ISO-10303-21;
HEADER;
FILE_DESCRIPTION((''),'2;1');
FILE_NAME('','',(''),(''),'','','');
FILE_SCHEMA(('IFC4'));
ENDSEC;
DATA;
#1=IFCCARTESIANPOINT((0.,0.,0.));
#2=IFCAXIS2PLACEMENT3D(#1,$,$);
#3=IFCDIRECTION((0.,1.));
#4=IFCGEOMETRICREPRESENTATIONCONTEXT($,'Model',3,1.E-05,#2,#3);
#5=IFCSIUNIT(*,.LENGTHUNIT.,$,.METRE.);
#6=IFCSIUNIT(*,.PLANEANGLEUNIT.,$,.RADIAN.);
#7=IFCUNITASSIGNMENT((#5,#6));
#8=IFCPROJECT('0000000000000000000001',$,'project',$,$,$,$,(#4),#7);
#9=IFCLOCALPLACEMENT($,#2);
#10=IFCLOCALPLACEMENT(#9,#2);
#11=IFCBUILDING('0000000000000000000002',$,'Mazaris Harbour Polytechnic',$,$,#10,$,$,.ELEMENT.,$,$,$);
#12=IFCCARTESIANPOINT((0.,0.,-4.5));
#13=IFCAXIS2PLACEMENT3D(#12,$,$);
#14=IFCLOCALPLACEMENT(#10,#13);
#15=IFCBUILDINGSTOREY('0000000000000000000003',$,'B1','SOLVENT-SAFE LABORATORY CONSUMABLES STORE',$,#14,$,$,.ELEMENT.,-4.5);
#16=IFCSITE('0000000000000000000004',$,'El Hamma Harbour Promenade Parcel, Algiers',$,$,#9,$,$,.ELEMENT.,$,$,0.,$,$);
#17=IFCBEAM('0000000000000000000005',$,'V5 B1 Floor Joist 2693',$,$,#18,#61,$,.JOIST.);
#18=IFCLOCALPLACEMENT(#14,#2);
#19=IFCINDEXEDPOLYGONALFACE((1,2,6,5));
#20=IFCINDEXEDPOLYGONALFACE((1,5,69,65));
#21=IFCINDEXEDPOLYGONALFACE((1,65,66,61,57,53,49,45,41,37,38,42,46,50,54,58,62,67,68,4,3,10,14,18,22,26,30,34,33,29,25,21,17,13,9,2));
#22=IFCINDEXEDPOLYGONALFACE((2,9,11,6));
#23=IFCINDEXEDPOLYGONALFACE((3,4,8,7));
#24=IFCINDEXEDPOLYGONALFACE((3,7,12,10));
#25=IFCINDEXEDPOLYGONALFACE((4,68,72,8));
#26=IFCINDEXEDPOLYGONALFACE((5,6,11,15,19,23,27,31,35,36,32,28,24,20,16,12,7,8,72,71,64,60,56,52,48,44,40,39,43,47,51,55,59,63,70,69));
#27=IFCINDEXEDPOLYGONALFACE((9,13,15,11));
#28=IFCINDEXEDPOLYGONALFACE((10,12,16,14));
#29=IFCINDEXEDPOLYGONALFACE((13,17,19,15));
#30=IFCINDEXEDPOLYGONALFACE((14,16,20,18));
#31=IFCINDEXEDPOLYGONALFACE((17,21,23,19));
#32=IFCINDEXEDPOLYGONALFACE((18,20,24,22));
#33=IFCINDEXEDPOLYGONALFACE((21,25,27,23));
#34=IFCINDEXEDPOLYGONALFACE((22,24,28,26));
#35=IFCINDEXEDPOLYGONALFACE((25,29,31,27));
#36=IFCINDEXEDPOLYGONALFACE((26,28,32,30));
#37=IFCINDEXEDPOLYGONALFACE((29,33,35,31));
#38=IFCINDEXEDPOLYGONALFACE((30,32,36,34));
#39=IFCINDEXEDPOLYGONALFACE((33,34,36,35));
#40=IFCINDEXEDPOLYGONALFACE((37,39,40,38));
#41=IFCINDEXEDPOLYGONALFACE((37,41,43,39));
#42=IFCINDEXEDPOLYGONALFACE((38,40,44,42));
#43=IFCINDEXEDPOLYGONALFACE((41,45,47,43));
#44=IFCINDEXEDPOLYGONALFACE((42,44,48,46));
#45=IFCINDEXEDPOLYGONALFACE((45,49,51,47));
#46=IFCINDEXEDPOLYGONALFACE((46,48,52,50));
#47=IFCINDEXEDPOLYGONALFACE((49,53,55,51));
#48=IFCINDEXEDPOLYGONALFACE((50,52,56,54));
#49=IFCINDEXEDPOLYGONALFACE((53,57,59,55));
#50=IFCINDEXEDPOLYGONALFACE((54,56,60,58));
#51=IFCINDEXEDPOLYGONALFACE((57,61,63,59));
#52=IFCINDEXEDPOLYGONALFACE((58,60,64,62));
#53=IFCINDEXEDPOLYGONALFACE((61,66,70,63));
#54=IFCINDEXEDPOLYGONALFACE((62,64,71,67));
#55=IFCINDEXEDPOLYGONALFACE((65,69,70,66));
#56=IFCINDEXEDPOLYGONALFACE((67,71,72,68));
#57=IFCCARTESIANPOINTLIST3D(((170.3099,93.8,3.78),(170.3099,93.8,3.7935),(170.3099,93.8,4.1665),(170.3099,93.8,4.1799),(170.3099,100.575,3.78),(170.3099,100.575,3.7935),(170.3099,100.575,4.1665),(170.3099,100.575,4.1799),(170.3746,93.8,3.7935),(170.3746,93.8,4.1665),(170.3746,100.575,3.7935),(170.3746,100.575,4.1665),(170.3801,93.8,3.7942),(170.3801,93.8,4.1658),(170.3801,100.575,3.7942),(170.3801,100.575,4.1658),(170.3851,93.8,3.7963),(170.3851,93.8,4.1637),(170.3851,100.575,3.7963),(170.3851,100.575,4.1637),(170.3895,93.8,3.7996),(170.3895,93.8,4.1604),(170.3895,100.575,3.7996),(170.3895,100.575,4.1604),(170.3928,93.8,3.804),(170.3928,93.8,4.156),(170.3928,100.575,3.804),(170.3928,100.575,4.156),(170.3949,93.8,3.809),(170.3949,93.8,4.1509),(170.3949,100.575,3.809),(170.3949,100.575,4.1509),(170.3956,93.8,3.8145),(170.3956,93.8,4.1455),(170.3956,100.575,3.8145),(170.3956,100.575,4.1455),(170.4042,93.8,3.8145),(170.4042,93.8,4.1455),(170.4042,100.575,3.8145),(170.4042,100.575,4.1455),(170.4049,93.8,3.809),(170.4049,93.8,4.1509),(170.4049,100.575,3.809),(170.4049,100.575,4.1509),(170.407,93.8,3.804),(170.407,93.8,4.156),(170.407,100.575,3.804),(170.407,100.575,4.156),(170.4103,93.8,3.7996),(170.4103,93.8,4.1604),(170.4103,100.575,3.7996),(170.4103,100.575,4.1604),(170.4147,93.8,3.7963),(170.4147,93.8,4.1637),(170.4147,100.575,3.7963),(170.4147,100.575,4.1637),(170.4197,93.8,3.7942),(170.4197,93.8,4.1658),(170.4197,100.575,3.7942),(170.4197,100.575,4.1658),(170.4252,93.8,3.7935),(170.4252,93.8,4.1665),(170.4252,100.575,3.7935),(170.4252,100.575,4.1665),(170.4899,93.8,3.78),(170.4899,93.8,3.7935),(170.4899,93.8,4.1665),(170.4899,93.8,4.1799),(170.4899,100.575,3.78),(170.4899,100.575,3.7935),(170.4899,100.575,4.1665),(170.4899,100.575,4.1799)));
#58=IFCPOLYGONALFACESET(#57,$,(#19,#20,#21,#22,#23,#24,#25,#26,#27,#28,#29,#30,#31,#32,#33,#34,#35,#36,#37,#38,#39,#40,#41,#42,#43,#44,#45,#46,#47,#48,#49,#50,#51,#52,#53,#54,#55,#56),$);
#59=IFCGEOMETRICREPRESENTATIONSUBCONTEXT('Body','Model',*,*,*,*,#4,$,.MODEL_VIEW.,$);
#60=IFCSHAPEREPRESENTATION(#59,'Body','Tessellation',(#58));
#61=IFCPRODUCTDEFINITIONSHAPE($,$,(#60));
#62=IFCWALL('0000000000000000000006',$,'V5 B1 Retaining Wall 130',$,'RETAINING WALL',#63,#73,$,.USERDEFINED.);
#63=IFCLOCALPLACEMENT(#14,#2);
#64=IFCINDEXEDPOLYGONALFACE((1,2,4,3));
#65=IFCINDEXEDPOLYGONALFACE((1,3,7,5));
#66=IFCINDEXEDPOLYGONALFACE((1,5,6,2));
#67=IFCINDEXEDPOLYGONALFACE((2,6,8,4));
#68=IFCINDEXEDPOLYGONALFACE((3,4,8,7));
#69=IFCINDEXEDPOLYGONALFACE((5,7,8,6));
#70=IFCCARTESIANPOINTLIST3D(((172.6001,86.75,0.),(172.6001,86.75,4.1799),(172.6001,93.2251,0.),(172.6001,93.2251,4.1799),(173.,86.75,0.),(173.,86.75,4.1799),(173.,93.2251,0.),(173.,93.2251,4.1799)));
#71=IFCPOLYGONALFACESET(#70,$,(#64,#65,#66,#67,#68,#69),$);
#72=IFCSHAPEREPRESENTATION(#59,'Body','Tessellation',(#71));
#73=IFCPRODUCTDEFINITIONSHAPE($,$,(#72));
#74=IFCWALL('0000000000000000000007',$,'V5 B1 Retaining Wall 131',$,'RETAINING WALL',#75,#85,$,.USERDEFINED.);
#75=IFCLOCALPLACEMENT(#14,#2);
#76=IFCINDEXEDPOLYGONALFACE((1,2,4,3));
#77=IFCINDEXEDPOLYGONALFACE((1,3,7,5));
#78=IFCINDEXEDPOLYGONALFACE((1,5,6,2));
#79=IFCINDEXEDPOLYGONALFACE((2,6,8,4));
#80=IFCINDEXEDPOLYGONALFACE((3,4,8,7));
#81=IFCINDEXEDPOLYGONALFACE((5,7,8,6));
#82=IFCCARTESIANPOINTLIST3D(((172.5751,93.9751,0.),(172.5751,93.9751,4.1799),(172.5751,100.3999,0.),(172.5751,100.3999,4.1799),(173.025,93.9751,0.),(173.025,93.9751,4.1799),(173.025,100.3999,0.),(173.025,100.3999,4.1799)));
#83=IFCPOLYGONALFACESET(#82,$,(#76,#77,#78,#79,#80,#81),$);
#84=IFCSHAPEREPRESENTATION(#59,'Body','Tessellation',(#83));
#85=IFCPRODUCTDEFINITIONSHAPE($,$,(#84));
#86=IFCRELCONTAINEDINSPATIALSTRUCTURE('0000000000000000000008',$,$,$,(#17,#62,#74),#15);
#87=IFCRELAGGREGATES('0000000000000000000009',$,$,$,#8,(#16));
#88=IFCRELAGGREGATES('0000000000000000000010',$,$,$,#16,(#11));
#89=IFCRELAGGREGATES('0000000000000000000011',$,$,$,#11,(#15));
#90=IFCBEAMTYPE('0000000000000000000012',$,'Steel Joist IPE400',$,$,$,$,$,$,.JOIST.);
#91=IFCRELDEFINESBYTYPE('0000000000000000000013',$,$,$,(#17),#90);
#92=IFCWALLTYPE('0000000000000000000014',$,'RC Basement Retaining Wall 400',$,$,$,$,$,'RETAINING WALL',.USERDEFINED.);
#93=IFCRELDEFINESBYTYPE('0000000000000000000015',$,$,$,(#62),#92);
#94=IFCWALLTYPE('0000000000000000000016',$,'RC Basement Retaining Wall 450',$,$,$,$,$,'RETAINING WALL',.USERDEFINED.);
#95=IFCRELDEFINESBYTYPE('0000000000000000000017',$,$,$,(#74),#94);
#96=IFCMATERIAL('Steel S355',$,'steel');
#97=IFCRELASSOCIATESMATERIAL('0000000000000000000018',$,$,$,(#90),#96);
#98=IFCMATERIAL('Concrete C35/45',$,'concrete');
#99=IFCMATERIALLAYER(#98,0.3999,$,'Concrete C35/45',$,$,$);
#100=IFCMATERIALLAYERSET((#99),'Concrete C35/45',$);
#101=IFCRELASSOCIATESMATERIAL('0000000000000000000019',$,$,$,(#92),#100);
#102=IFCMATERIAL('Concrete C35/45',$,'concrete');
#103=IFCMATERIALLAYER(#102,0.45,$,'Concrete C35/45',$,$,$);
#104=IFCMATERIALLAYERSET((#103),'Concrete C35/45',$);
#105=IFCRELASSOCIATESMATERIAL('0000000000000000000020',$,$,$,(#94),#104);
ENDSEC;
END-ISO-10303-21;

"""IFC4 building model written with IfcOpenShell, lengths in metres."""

from ifc_helpers import new_model, si_unit, direction, frame, frame_2d, origin, origin_2d, place, context, subcontext, project, spatial, rectangle, i_section, extrude, material, layer, layer_set, material_profile, profile_set, type_object, element, save


model = new_model("IFC4")

# Units and contexts
model_context = context("Model", 3, precision=1e-05, world=origin(), true_north=direction((0.0, 1.0)))
body_context = subcontext(model_context, "Body", "Model", "MODEL_VIEW")
ifc_project = project(units=[si_unit("LENGTHUNIT", "METRE"), si_unit("PLANEANGLEUNIT", "RADIAN")], contexts=[model_context])

# Site, building, storey
site_placement = place(None, origin())
site = spatial("IfcSite", under=ifc_project, at=site_placement, Name="El Hamma Harbour Promenade Parcel, Algiers", CompositionType="ELEMENT", RefElevation=0.0)
building_placement = place(site_placement, origin())
building = spatial("IfcBuilding", under=site, at=building_placement, Name="Mazaris Harbour Polytechnic", CompositionType="ELEMENT")
storey_placement = place(building_placement, frame((0.0, 0.0, -4.5)))
storey = spatial("IfcBuildingStorey", under=building, at=storey_placement, Name="B1", Description="SOLVENT-SAFE LABORATORY CONSUMABLES STORE", CompositionType="ELEMENT", Elevation=-4.5)

# Beam
ifc_material_1 = material(Name="Steel S355", Category="steel")
ifc_material_profile_1 = material_profile(ifc_material_1, i_section(OverallWidth=0.1799, OverallDepth=0.3999, WebThickness=0.0085, FlangeThickness=0.0134, FilletRadius=0.021, at=origin_2d()), Name="IPE 400")
ifc_profile_set_1 = profile_set([ifc_material_profile_1], Name="Steel S355")
beam_type_1 = type_object("IfcBeamType", Name="Steel Joist IPE400", PredefinedType="JOIST", material=ifc_profile_set_1)
beam_1_placement = place(storey_placement, frame((170.3999, 93.8, 3.98), z_axis=(0.0, 1.0, 0.0), x_axis=(-1.0, 0.0, 0.0)))
element("IfcBeam", 1, at=beam_1_placement, inside=storey, type_object=beam_type_1, Name="V5 B1 Floor Joist 2693", PredefinedType="JOIST", context=body_context, shape_type="SweptSolid", body=[
    extrude(i_section(OverallWidth=0.1799, OverallDepth=0.3999, WebThickness=0.0085, FlangeThickness=0.0134, FilletRadius=0.021, at=origin_2d()), origin(), (0.0, 0.0, 1.0), 6.7749),
])

# Walls
ifc_material_2 = material(Name="Concrete C35/45", Category="concrete")
ifc_layer_1 = layer(ifc_material_2, 0.3999, Name="Concrete C35/45")
ifc_layer_set_1 = layer_set([ifc_layer_1], Name="Concrete C35/45")
wall_type_1 = type_object("IfcWallType", Name="RC Basement Retaining Wall 400", ElementType="RETAINING WALL", PredefinedType="USERDEFINED", material=ifc_layer_set_1)
wall_1_placement = place(storey_placement, frame((172.8, 86.75, 0.0), z_axis=(0.0, 0.0, 1.0), x_axis=(0.0, 1.0, 0.0)))
element("IfcWall", 2, at=wall_1_placement, inside=storey, type_object=wall_type_1, Name="V5 B1 Retaining Wall 130", ObjectType="RETAINING WALL", PredefinedType="USERDEFINED", context=body_context, shape_type="SweptSolid", body=[
    extrude(rectangle(XDim=6.4751, YDim=0.3999, at=frame_2d((3.2375, 0.0))), origin(), (0.0, 0.0, 1.0), 4.1799),
])
ifc_material_3 = material(Name="Concrete C35/45", Category="concrete")
ifc_layer_2 = layer(ifc_material_3, 0.45, Name="Concrete C35/45")
ifc_layer_set_2 = layer_set([ifc_layer_2], Name="Concrete C35/45")
wall_type_2 = type_object("IfcWallType", Name="RC Basement Retaining Wall 450", ElementType="RETAINING WALL", PredefinedType="USERDEFINED", material=ifc_layer_set_2)
wall_2_placement = place(storey_placement, frame((172.8, 93.9751, 0.0), z_axis=(0.0, 0.0, 1.0), x_axis=(0.0, 1.0, 0.0)))
element("IfcWall", 3, at=wall_2_placement, inside=storey, type_object=wall_type_2, Name="V5 B1 Retaining Wall 131", ObjectType="RETAINING WALL", PredefinedType="USERDEFINED", context=body_context, shape_type="SweptSolid", body=[
    extrude(rectangle(XDim=6.4248, YDim=0.45, at=frame_2d((3.2124, 0.0))), origin(), (0.0, 0.0, 1.0), 4.1799),
])

save(model, "model.ifc")
